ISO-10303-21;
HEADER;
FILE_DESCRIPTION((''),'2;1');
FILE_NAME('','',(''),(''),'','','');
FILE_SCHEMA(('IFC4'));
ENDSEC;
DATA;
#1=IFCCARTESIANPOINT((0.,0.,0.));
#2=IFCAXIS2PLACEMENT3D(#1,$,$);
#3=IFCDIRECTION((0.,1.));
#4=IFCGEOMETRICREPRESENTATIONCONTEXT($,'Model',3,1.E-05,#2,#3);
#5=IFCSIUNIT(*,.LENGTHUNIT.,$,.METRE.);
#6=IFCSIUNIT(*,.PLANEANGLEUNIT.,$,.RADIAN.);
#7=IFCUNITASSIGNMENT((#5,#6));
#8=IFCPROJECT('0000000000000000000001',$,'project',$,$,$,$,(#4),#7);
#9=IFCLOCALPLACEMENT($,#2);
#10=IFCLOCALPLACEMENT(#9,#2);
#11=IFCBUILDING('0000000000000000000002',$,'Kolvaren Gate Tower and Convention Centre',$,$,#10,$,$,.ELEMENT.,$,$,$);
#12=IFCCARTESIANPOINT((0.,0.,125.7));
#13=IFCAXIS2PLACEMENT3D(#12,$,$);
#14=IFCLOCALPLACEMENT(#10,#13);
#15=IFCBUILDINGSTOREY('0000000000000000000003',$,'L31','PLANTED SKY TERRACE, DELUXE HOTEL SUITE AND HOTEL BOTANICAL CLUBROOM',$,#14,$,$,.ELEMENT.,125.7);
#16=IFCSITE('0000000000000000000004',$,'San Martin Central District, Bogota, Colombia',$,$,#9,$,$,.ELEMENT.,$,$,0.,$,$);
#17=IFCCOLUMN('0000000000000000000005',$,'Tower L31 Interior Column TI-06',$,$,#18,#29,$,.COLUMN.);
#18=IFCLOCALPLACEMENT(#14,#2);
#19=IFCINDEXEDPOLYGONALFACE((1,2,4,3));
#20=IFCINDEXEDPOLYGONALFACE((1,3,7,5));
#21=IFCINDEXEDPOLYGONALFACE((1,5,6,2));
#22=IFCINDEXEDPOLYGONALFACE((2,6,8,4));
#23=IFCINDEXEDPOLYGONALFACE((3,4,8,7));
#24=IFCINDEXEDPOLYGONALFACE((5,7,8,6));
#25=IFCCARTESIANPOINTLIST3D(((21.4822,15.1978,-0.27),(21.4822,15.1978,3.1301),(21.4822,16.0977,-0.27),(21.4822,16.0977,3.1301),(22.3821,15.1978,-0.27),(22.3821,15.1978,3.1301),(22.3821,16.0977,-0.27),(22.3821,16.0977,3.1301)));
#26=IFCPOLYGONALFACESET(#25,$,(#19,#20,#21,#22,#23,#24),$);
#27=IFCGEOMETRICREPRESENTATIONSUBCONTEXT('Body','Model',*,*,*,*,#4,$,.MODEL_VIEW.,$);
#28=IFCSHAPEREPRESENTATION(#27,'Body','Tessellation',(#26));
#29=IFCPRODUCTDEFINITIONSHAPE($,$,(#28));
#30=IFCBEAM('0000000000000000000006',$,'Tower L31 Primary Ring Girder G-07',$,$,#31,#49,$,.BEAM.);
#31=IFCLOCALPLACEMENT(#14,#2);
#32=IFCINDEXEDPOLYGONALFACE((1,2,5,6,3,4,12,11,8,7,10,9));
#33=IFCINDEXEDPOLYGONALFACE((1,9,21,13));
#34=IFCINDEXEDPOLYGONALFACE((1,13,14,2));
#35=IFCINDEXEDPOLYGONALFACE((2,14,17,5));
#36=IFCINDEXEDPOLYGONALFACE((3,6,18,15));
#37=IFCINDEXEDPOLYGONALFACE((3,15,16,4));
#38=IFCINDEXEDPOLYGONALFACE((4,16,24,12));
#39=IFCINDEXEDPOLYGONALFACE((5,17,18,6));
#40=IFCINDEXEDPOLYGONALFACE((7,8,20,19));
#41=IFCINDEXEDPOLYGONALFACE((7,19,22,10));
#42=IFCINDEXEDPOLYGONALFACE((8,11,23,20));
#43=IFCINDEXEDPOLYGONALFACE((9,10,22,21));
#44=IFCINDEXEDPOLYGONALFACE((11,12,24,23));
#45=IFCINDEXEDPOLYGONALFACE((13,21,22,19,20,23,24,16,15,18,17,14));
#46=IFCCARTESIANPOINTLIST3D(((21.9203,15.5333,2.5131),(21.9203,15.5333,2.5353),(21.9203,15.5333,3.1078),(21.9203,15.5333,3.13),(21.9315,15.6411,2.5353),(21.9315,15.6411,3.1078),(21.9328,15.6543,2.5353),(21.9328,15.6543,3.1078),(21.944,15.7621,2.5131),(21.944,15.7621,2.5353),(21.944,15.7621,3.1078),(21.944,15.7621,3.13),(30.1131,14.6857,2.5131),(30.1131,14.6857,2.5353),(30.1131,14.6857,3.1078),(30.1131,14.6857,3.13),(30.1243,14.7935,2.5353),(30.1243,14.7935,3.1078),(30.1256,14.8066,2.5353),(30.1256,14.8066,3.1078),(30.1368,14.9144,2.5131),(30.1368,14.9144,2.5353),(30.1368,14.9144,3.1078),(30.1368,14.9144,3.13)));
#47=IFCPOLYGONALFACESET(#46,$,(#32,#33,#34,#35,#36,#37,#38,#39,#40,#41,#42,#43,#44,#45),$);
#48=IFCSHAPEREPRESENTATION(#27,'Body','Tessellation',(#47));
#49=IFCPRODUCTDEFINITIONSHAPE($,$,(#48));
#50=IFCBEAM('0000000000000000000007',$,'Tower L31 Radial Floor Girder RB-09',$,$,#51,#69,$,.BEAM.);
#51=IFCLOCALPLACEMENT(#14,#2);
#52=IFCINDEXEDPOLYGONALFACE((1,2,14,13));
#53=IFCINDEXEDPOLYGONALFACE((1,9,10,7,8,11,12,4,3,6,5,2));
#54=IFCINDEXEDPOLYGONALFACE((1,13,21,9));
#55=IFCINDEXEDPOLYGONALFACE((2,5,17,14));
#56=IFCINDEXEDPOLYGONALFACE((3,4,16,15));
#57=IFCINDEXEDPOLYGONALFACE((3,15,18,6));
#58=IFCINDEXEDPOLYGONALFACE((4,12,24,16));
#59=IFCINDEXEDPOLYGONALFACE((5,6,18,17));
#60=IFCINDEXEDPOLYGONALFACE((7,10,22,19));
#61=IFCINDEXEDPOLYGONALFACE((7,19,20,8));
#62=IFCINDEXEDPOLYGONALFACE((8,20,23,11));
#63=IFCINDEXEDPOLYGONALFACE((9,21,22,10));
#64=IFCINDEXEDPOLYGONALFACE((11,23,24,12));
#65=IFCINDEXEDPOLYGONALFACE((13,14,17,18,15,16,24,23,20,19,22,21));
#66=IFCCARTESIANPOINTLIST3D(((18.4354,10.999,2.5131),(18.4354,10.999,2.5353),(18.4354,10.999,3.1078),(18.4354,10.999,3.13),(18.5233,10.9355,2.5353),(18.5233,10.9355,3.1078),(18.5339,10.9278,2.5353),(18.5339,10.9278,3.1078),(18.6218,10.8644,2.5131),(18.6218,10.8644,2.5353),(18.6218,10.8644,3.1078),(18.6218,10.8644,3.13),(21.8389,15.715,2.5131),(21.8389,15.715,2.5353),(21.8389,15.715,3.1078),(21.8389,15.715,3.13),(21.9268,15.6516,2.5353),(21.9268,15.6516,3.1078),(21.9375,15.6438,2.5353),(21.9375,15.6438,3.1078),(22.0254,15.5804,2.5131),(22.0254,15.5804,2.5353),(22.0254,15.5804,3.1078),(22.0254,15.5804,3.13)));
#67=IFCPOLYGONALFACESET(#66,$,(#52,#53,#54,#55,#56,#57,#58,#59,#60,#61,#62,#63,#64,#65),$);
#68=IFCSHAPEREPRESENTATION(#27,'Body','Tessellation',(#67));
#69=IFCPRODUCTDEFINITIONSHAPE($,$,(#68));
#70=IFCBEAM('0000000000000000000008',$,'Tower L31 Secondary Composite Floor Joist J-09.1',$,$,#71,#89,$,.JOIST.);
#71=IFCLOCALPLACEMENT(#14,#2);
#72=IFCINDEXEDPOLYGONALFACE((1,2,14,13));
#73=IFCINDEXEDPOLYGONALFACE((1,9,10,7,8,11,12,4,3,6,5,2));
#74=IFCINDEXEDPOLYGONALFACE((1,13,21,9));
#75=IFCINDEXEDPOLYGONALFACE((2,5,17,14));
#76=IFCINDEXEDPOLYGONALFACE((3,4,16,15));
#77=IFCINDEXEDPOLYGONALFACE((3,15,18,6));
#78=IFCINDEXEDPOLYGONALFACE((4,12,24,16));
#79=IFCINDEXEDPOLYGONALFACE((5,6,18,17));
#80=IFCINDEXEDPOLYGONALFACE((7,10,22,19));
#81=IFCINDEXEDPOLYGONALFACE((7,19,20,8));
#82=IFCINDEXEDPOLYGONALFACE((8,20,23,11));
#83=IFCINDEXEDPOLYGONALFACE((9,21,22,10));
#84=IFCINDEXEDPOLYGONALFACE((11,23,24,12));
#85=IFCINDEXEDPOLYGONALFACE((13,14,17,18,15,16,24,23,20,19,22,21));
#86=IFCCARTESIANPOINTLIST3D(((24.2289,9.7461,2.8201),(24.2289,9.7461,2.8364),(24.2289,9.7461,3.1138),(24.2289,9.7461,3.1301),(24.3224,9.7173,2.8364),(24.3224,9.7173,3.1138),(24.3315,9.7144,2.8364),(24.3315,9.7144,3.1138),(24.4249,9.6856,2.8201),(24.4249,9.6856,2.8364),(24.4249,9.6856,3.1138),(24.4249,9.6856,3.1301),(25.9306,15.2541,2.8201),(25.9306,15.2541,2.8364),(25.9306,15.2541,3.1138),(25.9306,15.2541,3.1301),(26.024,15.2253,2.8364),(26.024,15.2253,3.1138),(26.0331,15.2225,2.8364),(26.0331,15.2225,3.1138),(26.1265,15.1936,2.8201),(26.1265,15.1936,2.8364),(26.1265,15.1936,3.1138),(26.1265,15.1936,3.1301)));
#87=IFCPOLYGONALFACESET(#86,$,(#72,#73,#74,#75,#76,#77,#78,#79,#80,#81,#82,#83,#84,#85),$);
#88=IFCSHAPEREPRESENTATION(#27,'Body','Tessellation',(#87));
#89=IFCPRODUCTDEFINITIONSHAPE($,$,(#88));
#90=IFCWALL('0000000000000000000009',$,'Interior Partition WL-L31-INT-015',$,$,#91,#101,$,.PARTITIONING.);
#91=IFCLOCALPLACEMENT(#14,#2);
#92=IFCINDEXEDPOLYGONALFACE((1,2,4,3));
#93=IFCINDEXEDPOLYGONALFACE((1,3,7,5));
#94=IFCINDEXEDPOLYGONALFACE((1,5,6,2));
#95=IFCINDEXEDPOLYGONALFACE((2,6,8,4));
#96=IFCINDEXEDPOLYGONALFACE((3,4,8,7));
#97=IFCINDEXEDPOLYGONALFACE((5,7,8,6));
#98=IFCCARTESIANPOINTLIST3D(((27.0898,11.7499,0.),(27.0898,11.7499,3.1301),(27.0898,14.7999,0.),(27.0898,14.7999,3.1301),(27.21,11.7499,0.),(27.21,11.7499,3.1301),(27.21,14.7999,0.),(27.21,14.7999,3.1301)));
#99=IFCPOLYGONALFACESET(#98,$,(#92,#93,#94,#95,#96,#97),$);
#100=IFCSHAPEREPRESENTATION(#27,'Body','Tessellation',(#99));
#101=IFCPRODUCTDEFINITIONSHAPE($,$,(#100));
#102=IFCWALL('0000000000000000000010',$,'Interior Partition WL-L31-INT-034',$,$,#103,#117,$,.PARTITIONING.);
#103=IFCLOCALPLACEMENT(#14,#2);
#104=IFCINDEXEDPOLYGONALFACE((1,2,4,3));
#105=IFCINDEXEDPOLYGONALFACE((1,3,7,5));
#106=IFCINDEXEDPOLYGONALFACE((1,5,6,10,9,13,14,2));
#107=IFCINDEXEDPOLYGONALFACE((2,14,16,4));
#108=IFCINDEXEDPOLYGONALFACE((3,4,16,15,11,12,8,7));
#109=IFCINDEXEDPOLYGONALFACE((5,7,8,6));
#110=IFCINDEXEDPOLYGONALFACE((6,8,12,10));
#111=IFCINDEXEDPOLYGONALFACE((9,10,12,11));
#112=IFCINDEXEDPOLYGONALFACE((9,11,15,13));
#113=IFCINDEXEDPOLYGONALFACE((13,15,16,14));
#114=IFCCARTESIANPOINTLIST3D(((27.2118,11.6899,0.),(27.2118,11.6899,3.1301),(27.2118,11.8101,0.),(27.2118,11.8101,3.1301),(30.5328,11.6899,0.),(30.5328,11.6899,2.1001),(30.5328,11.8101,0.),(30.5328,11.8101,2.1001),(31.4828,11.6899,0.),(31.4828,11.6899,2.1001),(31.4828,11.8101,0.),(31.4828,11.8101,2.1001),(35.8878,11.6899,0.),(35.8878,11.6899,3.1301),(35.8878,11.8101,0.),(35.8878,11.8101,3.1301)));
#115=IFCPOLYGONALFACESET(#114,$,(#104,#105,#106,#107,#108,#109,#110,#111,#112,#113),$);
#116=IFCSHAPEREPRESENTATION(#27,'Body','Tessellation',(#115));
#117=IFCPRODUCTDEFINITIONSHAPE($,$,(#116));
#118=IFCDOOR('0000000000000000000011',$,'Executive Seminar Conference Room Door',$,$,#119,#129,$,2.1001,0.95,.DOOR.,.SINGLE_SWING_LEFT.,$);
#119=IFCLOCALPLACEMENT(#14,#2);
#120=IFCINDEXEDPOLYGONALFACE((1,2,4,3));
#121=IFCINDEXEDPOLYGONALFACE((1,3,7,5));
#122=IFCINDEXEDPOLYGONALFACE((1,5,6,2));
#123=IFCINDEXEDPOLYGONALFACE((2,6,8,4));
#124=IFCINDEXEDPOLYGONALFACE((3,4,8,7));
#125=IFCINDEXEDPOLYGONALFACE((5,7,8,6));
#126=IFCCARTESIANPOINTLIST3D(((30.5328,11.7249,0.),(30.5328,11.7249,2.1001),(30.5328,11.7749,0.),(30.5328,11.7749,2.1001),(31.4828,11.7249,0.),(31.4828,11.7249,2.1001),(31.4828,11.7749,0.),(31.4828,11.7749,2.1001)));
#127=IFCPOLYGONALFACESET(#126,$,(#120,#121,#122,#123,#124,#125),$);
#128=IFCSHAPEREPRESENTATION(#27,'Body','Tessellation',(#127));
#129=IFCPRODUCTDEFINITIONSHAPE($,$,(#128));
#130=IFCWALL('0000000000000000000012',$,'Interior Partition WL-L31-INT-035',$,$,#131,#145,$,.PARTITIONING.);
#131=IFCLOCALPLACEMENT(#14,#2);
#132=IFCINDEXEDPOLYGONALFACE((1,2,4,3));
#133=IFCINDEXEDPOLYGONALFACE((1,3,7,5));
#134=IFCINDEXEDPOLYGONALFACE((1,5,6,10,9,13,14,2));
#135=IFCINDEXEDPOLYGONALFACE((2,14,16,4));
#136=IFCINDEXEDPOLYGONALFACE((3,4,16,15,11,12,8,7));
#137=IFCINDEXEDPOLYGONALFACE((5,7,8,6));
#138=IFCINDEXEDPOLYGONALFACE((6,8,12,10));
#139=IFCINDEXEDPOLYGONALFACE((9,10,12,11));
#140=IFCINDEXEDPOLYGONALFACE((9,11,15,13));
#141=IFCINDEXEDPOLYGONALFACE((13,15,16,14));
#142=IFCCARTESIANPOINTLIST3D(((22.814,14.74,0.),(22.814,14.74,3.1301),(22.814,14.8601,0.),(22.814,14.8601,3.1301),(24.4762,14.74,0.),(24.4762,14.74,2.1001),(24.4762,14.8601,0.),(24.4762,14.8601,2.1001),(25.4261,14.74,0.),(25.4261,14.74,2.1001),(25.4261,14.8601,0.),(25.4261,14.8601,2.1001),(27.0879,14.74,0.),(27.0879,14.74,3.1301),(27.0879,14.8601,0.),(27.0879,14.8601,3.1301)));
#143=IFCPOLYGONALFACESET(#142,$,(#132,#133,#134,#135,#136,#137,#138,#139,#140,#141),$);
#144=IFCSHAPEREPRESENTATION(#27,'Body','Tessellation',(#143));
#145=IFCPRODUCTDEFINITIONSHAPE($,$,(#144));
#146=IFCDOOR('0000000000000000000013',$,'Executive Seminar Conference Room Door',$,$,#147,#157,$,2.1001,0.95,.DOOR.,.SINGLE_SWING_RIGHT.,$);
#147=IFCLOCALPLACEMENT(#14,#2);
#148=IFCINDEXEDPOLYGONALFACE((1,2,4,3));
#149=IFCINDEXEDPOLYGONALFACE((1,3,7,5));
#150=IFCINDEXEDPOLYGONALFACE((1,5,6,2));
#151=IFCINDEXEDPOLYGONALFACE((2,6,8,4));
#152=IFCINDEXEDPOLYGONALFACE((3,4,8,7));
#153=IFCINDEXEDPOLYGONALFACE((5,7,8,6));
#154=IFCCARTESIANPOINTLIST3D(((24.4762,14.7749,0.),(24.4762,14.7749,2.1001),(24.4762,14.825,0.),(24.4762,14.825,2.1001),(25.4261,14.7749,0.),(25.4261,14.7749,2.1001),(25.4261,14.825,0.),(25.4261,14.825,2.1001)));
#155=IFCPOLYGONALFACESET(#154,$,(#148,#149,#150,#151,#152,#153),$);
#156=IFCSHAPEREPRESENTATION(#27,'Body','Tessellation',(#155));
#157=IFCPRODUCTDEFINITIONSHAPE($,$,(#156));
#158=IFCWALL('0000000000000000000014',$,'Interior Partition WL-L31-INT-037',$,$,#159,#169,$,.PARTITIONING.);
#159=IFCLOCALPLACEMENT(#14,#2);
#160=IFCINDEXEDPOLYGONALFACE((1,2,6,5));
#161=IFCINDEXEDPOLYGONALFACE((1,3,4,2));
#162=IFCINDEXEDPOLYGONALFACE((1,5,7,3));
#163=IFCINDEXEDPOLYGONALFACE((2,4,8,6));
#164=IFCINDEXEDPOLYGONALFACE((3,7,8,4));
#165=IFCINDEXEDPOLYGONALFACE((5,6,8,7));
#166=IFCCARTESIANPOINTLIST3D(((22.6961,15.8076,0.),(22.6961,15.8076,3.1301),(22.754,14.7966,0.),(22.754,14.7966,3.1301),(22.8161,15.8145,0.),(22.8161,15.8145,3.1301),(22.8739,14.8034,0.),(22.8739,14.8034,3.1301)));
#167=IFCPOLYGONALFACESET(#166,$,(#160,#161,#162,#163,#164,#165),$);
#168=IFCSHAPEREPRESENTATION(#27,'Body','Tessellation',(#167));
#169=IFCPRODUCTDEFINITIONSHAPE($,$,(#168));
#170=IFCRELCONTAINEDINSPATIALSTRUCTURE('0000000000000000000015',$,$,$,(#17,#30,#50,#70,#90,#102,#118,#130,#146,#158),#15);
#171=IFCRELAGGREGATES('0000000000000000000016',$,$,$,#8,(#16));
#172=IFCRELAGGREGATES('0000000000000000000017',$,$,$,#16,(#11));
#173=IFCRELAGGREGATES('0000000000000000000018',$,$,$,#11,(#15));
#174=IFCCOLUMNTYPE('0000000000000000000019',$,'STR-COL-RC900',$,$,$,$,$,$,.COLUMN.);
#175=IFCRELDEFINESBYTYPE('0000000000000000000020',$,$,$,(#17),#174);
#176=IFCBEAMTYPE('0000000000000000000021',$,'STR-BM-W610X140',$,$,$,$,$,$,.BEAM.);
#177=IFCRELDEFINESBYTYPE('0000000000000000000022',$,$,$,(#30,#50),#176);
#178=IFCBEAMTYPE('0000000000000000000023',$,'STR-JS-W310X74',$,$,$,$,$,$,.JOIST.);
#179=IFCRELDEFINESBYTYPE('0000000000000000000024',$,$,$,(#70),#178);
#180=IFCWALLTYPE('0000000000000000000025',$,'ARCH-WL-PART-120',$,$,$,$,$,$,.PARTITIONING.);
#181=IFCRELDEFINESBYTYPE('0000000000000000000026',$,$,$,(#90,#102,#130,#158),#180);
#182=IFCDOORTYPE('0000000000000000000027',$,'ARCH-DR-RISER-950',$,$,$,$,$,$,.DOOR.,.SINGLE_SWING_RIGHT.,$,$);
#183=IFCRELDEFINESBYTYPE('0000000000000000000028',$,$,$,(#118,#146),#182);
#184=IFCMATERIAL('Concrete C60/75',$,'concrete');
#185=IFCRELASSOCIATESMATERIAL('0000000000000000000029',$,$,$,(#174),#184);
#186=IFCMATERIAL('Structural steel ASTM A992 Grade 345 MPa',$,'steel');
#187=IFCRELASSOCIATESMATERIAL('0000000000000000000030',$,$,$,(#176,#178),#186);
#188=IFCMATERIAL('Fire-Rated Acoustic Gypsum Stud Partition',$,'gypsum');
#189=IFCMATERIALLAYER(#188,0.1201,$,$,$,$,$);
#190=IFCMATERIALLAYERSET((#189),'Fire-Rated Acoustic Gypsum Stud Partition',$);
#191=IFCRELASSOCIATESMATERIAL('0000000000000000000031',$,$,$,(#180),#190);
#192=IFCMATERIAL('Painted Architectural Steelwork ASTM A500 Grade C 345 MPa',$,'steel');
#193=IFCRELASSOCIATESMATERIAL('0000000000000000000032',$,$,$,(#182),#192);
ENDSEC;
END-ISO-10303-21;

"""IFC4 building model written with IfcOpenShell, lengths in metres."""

from ifc_helpers import new_model, si_unit, direction, frame, frame_2d, origin, origin_2d, place, context, subcontext, project, spatial, rectangle, i_section, extrude, material, layer, layer_set, material_profile, profile_set, type_object, element, fill, save


model = new_model("IFC4")

# Units and contexts
model_context = context("Model", 3, precision=1e-05, world=origin(), true_north=direction((0.0, 1.0)))
body_context = subcontext(model_context, "Body", "Model", "MODEL_VIEW")
ifc_project = project(units=[si_unit("LENGTHUNIT", "METRE"), si_unit("PLANEANGLEUNIT", "RADIAN")], contexts=[model_context])

# Site, building, storey
site_placement = place(None, origin())
site = spatial("IfcSite", under=ifc_project, at=site_placement, Name="San Martin Central District, Bogota, Colombia", CompositionType="ELEMENT", RefElevation=0.0)
building_placement = place(site_placement, origin())
building = spatial("IfcBuilding", under=site, at=building_placement, Name="Kolvaren Gate Tower and Convention Centre", CompositionType="ELEMENT")
storey_placement = place(building_placement, frame((0.0, 0.0, 125.7)))
storey = spatial("IfcBuildingStorey", under=building, at=storey_placement, Name="L31", Description="PLANTED SKY TERRACE, DELUXE HOTEL SUITE AND HOTEL BOTANICAL CLUBROOM", CompositionType="ELEMENT", Elevation=125.7)

# Column
ifc_material_1 = material(Name="Concrete C60/75", Category="concrete")
ifc_material_profile_1 = material_profile(ifc_material_1, rectangle(XDim=0.8999, YDim=0.8999, at=origin_2d()), Name="RC-COL-900X900")
ifc_profile_set_1 = profile_set([ifc_material_profile_1], Name="Concrete C60/75")
column_type = type_object("IfcColumnType", Name="STR-COL-RC900", PredefinedType="COLUMN", material=ifc_profile_set_1)
column_placement = place(storey_placement, frame((21.9321, 15.6477, -0.27), z_axis=(0.0, 0.0, 1.0), x_axis=(1.0, 0.0, 0.0)))
element("IfcColumn", 1, at=column_placement, inside=storey, type_object=column_type, Name="Tower L31 Interior Column TI-06", PredefinedType="COLUMN", context=body_context, shape_type="SweptSolid", body=[
    extrude(rectangle(XDim=0.8999, YDim=0.8999, at=origin_2d()), origin(), (0.0, 0.0, 1.0), 3.4001),
])

# Beams
ifc_material_2 = material(Name="Structural steel ASTM A992 Grade 345 MPa", Category="steel")
ifc_material_profile_2 = material_profile(ifc_material_2, i_section(OverallWidth=0.23, OverallDepth=0.6169, WebThickness=0.0132, FlangeThickness=0.0222, at=origin_2d()), Name="W610X140")
ifc_profile_set_2 = profile_set([ifc_material_profile_2], Name="Structural steel ASTM A992 Grade 345 MPa")
beam_type_1 = type_object("IfcBeamType", Name="STR-BM-W610X140", PredefinedType="BEAM", material=ifc_profile_set_2)
beam_1_placement = place(storey_placement, frame((21.9321, 15.6477, 2.8215), z_axis=(0.99469, -0.102913, 0.0), x_axis=(0.102913, 0.99469, 0.0)))
element("IfcBeam", 2, at=beam_1_placement, inside=storey, type_object=beam_type_1, Name="Tower L31 Primary Ring Girder G-07", PredefinedType="BEAM", context=body_context, shape_type="SweptSolid", body=[
    extrude(i_section(OverallWidth=0.23, OverallDepth=0.6169, WebThickness=0.0132, FlangeThickness=0.0222, at=origin_2d()), origin(), (0.0, 0.0, 1.0), 8.2366),
])
beam_2_placement = place(storey_placement, frame((21.9321, 15.6477, 2.8215), z_axis=(-0.58521, -0.810882, 0.0), x_axis=(0.810882, -0.58521, 0.0)))
element("IfcBeam", 3, at=beam_2_placement, inside=storey, type_object=beam_type_1, Name="Tower L31 Radial Floor Girder RB-09", PredefinedType="BEAM", context=body_context, shape_type="SweptSolid", body=[
    extrude(i_section(OverallWidth=0.23, OverallDepth=0.6169, WebThickness=0.0132, FlangeThickness=0.0222, at=origin_2d()), origin(), (0.0, 0.0, 1.0), 5.8159),
])
ifc_material_profile_3 = material_profile(ifc_material_2, i_section(OverallWidth=0.2051, OverallDepth=0.3101, WebThickness=0.0095, FlangeThickness=0.0164, at=origin_2d()), Name="W310X74")
ifc_profile_set_3 = profile_set([ifc_material_profile_3], Name="Structural steel ASTM A992 Grade 345 MPa")
beam_type_2 = type_object("IfcBeamType", Name="STR-JS-W310X74", PredefinedType="JOIST", material=ifc_profile_set_3)
beam_3_placement = place(storey_placement, frame((26.0286, 15.2239, 2.9751), z_axis=(-0.295175, -0.955443, 0.0), x_axis=(0.955443, -0.295175, 0.0)))
element("IfcBeam", 4, at=beam_3_placement, inside=storey, type_object=beam_type_2, Name="Tower L31 Secondary Composite Floor Joist J-09.1", PredefinedType="JOIST", context=body_context, shape_type="SweptSolid", body=[
    extrude(i_section(OverallWidth=0.2051, OverallDepth=0.3101, WebThickness=0.0095, FlangeThickness=0.0164, at=origin_2d()), origin(), (0.0, 0.0, 1.0), 5.7649),
])

# Wall
ifc_material_3 = material(Name="Fire-Rated Acoustic Gypsum Stud Partition", Category="gypsum")
ifc_layer_1 = layer(ifc_material_3, 0.1201)
ifc_layer_set_1 = layer_set([ifc_layer_1], Name="Fire-Rated Acoustic Gypsum Stud Partition")
wall_type_1 = type_object("IfcWallType", Name="ARCH-WL-PART-120", PredefinedType="PARTITIONING", material=ifc_layer_set_1)
wall_1_placement = place(storey_placement, frame((27.1499, 11.75, 0.0), z_axis=(0.0, 0.0, 1.0), x_axis=(0.0, 1.0, 0.0)))
element("IfcWall", 5, at=wall_1_placement, inside=storey, type_object=wall_type_1, Name="Interior Partition WL-L31-INT-015", PredefinedType="PARTITIONING", context=body_context, shape_type="SweptSolid", body=[
    extrude(rectangle(XDim=3.05, YDim=0.1201, at=frame_2d((1.5249, 0.0))), origin(), (0.0, 0.0, 1.0), 3.1301),
])

# Walls, openings, doors
wall_2_placement = place(storey_placement, frame((27.2119, 11.75, 0.0), z_axis=(0.0, 0.0, 1.0), x_axis=(1.0, 0.0, 0.0)))
wall_2 = element("IfcWall", 6, at=wall_2_placement, inside=storey, type_object=wall_type_1, Name="Interior Partition WL-L31-INT-034", PredefinedType="PARTITIONING", context=body_context, shape_type="SweptSolid", body=[
    extrude(rectangle(XDim=8.676, YDim=0.1201, at=frame_2d((4.3379, 0.0))), origin(), (0.0, 0.0, 1.0), 3.1301),
])
opening_1_placement = place(wall_2_placement, frame((3.3208, 0.0, 0.0)))
opening_1 = element("IfcOpeningElement", 7, at=opening_1_placement, cuts=wall_2, PredefinedType="OPENING", context=body_context, shape_type="SweptSolid", body=[
    extrude(rectangle(XDim=0.95, YDim=2.1001, at=frame_2d((0.4751, 1.05))), frame((0.0, 0.0701, 0.0), z_axis=(0.0, -1.0, 0.0), x_axis=(1.0, 0.0, 0.0)), (0.0, 0.0, 1.0), 0.1401),
])
ifc_material_4 = material(Name="Painted Architectural Steelwork ASTM A500 Grade C 345 MPa", Category="steel")
door_type_1 = type_object("IfcDoorType", Name="ARCH-DR-RISER-950", OperationType="SINGLE_SWING_RIGHT", PredefinedType="DOOR", material=ifc_material_4)
door_1_placement = place(opening_1_placement, origin())
door_1 = element("IfcDoor", 8, at=door_1_placement, inside=storey, type_object=door_type_1, Name="Executive Seminar Conference Room Door", OperationType="SINGLE_SWING_LEFT", OverallHeight=2.1001, OverallWidth=0.95, PredefinedType="DOOR", context=body_context, shape_type="SweptSolid", body=[
    extrude(rectangle(XDim=0.95, YDim=2.1001, at=frame_2d((0.4751, 1.05))), frame((0.0, 0.0249, 0.0), z_axis=(0.0, -1.0, 0.0), x_axis=(1.0, 0.0, 0.0)), (0.0, 0.0, 1.0), 0.05),
])
fill(opening_1, door_1)
wall_3_placement = place(storey_placement, frame((22.814, 14.8, 0.0), z_axis=(0.0, 0.0, 1.0), x_axis=(1.0, 0.0, 0.0)))
wall_3 = element("IfcWall", 9, at=wall_3_placement, inside=storey, type_object=wall_type_1, Name="Interior Partition WL-L31-INT-035", PredefinedType="PARTITIONING", context=body_context, shape_type="SweptSolid", body=[
    extrude(rectangle(XDim=4.2739, YDim=0.1201, at=frame_2d((2.137, 0.0))), origin(), (0.0, 0.0, 1.0), 3.1301),
])
opening_2_placement = place(wall_3_placement, frame((1.6621, 0.0, 0.0)))
opening_2 = element("IfcOpeningElement", 10, at=opening_2_placement, cuts=wall_3, PredefinedType="OPENING", context=body_context, shape_type="SweptSolid", body=[
    extrude(rectangle(XDim=0.95, YDim=2.1001, at=frame_2d((0.4751, 1.05))), frame((0.0, 0.0701, 0.0), z_axis=(0.0, -1.0, 0.0), x_axis=(1.0, 0.0, 0.0)), (0.0, 0.0, 1.0), 0.1401),
])
door_2_placement = place(opening_2_placement, origin())
door_2 = element("IfcDoor", 11, at=door_2_placement, inside=storey, type_object=door_type_1, Name="Executive Seminar Conference Room Door", OperationType="SINGLE_SWING_RIGHT", OverallHeight=2.1001, OverallWidth=0.95, PredefinedType="DOOR", context=body_context, shape_type="SweptSolid", body=[
    extrude(rectangle(XDim=0.95, YDim=2.1001, at=frame_2d((0.4751, 1.05))), frame((0.0, 0.0249, 0.0), z_axis=(0.0, -1.0, 0.0), x_axis=(1.0, 0.0, 0.0)), (0.0, 0.0, 1.0), 0.05),
])
fill(opening_2, door_2)

# Wall
wall_4_placement = place(storey_placement, frame((22.7561, 15.811, 0.0), z_axis=(0.0, 0.0, 1.0), x_axis=(0.057139, -0.998366, 0.0)))
element("IfcWall", 12, at=wall_4_placement, inside=storey, type_object=wall_type_1, Name="Interior Partition WL-L31-INT-037", PredefinedType="PARTITIONING", context=body_context, shape_type="SweptSolid", body=[
    extrude(rectangle(XDim=1.0127, YDim=0.1201, at=frame_2d((0.5063, 0.0))), origin(), (0.0, 0.0, 1.0), 3.1301),
])

save(model, "model.ifc")
